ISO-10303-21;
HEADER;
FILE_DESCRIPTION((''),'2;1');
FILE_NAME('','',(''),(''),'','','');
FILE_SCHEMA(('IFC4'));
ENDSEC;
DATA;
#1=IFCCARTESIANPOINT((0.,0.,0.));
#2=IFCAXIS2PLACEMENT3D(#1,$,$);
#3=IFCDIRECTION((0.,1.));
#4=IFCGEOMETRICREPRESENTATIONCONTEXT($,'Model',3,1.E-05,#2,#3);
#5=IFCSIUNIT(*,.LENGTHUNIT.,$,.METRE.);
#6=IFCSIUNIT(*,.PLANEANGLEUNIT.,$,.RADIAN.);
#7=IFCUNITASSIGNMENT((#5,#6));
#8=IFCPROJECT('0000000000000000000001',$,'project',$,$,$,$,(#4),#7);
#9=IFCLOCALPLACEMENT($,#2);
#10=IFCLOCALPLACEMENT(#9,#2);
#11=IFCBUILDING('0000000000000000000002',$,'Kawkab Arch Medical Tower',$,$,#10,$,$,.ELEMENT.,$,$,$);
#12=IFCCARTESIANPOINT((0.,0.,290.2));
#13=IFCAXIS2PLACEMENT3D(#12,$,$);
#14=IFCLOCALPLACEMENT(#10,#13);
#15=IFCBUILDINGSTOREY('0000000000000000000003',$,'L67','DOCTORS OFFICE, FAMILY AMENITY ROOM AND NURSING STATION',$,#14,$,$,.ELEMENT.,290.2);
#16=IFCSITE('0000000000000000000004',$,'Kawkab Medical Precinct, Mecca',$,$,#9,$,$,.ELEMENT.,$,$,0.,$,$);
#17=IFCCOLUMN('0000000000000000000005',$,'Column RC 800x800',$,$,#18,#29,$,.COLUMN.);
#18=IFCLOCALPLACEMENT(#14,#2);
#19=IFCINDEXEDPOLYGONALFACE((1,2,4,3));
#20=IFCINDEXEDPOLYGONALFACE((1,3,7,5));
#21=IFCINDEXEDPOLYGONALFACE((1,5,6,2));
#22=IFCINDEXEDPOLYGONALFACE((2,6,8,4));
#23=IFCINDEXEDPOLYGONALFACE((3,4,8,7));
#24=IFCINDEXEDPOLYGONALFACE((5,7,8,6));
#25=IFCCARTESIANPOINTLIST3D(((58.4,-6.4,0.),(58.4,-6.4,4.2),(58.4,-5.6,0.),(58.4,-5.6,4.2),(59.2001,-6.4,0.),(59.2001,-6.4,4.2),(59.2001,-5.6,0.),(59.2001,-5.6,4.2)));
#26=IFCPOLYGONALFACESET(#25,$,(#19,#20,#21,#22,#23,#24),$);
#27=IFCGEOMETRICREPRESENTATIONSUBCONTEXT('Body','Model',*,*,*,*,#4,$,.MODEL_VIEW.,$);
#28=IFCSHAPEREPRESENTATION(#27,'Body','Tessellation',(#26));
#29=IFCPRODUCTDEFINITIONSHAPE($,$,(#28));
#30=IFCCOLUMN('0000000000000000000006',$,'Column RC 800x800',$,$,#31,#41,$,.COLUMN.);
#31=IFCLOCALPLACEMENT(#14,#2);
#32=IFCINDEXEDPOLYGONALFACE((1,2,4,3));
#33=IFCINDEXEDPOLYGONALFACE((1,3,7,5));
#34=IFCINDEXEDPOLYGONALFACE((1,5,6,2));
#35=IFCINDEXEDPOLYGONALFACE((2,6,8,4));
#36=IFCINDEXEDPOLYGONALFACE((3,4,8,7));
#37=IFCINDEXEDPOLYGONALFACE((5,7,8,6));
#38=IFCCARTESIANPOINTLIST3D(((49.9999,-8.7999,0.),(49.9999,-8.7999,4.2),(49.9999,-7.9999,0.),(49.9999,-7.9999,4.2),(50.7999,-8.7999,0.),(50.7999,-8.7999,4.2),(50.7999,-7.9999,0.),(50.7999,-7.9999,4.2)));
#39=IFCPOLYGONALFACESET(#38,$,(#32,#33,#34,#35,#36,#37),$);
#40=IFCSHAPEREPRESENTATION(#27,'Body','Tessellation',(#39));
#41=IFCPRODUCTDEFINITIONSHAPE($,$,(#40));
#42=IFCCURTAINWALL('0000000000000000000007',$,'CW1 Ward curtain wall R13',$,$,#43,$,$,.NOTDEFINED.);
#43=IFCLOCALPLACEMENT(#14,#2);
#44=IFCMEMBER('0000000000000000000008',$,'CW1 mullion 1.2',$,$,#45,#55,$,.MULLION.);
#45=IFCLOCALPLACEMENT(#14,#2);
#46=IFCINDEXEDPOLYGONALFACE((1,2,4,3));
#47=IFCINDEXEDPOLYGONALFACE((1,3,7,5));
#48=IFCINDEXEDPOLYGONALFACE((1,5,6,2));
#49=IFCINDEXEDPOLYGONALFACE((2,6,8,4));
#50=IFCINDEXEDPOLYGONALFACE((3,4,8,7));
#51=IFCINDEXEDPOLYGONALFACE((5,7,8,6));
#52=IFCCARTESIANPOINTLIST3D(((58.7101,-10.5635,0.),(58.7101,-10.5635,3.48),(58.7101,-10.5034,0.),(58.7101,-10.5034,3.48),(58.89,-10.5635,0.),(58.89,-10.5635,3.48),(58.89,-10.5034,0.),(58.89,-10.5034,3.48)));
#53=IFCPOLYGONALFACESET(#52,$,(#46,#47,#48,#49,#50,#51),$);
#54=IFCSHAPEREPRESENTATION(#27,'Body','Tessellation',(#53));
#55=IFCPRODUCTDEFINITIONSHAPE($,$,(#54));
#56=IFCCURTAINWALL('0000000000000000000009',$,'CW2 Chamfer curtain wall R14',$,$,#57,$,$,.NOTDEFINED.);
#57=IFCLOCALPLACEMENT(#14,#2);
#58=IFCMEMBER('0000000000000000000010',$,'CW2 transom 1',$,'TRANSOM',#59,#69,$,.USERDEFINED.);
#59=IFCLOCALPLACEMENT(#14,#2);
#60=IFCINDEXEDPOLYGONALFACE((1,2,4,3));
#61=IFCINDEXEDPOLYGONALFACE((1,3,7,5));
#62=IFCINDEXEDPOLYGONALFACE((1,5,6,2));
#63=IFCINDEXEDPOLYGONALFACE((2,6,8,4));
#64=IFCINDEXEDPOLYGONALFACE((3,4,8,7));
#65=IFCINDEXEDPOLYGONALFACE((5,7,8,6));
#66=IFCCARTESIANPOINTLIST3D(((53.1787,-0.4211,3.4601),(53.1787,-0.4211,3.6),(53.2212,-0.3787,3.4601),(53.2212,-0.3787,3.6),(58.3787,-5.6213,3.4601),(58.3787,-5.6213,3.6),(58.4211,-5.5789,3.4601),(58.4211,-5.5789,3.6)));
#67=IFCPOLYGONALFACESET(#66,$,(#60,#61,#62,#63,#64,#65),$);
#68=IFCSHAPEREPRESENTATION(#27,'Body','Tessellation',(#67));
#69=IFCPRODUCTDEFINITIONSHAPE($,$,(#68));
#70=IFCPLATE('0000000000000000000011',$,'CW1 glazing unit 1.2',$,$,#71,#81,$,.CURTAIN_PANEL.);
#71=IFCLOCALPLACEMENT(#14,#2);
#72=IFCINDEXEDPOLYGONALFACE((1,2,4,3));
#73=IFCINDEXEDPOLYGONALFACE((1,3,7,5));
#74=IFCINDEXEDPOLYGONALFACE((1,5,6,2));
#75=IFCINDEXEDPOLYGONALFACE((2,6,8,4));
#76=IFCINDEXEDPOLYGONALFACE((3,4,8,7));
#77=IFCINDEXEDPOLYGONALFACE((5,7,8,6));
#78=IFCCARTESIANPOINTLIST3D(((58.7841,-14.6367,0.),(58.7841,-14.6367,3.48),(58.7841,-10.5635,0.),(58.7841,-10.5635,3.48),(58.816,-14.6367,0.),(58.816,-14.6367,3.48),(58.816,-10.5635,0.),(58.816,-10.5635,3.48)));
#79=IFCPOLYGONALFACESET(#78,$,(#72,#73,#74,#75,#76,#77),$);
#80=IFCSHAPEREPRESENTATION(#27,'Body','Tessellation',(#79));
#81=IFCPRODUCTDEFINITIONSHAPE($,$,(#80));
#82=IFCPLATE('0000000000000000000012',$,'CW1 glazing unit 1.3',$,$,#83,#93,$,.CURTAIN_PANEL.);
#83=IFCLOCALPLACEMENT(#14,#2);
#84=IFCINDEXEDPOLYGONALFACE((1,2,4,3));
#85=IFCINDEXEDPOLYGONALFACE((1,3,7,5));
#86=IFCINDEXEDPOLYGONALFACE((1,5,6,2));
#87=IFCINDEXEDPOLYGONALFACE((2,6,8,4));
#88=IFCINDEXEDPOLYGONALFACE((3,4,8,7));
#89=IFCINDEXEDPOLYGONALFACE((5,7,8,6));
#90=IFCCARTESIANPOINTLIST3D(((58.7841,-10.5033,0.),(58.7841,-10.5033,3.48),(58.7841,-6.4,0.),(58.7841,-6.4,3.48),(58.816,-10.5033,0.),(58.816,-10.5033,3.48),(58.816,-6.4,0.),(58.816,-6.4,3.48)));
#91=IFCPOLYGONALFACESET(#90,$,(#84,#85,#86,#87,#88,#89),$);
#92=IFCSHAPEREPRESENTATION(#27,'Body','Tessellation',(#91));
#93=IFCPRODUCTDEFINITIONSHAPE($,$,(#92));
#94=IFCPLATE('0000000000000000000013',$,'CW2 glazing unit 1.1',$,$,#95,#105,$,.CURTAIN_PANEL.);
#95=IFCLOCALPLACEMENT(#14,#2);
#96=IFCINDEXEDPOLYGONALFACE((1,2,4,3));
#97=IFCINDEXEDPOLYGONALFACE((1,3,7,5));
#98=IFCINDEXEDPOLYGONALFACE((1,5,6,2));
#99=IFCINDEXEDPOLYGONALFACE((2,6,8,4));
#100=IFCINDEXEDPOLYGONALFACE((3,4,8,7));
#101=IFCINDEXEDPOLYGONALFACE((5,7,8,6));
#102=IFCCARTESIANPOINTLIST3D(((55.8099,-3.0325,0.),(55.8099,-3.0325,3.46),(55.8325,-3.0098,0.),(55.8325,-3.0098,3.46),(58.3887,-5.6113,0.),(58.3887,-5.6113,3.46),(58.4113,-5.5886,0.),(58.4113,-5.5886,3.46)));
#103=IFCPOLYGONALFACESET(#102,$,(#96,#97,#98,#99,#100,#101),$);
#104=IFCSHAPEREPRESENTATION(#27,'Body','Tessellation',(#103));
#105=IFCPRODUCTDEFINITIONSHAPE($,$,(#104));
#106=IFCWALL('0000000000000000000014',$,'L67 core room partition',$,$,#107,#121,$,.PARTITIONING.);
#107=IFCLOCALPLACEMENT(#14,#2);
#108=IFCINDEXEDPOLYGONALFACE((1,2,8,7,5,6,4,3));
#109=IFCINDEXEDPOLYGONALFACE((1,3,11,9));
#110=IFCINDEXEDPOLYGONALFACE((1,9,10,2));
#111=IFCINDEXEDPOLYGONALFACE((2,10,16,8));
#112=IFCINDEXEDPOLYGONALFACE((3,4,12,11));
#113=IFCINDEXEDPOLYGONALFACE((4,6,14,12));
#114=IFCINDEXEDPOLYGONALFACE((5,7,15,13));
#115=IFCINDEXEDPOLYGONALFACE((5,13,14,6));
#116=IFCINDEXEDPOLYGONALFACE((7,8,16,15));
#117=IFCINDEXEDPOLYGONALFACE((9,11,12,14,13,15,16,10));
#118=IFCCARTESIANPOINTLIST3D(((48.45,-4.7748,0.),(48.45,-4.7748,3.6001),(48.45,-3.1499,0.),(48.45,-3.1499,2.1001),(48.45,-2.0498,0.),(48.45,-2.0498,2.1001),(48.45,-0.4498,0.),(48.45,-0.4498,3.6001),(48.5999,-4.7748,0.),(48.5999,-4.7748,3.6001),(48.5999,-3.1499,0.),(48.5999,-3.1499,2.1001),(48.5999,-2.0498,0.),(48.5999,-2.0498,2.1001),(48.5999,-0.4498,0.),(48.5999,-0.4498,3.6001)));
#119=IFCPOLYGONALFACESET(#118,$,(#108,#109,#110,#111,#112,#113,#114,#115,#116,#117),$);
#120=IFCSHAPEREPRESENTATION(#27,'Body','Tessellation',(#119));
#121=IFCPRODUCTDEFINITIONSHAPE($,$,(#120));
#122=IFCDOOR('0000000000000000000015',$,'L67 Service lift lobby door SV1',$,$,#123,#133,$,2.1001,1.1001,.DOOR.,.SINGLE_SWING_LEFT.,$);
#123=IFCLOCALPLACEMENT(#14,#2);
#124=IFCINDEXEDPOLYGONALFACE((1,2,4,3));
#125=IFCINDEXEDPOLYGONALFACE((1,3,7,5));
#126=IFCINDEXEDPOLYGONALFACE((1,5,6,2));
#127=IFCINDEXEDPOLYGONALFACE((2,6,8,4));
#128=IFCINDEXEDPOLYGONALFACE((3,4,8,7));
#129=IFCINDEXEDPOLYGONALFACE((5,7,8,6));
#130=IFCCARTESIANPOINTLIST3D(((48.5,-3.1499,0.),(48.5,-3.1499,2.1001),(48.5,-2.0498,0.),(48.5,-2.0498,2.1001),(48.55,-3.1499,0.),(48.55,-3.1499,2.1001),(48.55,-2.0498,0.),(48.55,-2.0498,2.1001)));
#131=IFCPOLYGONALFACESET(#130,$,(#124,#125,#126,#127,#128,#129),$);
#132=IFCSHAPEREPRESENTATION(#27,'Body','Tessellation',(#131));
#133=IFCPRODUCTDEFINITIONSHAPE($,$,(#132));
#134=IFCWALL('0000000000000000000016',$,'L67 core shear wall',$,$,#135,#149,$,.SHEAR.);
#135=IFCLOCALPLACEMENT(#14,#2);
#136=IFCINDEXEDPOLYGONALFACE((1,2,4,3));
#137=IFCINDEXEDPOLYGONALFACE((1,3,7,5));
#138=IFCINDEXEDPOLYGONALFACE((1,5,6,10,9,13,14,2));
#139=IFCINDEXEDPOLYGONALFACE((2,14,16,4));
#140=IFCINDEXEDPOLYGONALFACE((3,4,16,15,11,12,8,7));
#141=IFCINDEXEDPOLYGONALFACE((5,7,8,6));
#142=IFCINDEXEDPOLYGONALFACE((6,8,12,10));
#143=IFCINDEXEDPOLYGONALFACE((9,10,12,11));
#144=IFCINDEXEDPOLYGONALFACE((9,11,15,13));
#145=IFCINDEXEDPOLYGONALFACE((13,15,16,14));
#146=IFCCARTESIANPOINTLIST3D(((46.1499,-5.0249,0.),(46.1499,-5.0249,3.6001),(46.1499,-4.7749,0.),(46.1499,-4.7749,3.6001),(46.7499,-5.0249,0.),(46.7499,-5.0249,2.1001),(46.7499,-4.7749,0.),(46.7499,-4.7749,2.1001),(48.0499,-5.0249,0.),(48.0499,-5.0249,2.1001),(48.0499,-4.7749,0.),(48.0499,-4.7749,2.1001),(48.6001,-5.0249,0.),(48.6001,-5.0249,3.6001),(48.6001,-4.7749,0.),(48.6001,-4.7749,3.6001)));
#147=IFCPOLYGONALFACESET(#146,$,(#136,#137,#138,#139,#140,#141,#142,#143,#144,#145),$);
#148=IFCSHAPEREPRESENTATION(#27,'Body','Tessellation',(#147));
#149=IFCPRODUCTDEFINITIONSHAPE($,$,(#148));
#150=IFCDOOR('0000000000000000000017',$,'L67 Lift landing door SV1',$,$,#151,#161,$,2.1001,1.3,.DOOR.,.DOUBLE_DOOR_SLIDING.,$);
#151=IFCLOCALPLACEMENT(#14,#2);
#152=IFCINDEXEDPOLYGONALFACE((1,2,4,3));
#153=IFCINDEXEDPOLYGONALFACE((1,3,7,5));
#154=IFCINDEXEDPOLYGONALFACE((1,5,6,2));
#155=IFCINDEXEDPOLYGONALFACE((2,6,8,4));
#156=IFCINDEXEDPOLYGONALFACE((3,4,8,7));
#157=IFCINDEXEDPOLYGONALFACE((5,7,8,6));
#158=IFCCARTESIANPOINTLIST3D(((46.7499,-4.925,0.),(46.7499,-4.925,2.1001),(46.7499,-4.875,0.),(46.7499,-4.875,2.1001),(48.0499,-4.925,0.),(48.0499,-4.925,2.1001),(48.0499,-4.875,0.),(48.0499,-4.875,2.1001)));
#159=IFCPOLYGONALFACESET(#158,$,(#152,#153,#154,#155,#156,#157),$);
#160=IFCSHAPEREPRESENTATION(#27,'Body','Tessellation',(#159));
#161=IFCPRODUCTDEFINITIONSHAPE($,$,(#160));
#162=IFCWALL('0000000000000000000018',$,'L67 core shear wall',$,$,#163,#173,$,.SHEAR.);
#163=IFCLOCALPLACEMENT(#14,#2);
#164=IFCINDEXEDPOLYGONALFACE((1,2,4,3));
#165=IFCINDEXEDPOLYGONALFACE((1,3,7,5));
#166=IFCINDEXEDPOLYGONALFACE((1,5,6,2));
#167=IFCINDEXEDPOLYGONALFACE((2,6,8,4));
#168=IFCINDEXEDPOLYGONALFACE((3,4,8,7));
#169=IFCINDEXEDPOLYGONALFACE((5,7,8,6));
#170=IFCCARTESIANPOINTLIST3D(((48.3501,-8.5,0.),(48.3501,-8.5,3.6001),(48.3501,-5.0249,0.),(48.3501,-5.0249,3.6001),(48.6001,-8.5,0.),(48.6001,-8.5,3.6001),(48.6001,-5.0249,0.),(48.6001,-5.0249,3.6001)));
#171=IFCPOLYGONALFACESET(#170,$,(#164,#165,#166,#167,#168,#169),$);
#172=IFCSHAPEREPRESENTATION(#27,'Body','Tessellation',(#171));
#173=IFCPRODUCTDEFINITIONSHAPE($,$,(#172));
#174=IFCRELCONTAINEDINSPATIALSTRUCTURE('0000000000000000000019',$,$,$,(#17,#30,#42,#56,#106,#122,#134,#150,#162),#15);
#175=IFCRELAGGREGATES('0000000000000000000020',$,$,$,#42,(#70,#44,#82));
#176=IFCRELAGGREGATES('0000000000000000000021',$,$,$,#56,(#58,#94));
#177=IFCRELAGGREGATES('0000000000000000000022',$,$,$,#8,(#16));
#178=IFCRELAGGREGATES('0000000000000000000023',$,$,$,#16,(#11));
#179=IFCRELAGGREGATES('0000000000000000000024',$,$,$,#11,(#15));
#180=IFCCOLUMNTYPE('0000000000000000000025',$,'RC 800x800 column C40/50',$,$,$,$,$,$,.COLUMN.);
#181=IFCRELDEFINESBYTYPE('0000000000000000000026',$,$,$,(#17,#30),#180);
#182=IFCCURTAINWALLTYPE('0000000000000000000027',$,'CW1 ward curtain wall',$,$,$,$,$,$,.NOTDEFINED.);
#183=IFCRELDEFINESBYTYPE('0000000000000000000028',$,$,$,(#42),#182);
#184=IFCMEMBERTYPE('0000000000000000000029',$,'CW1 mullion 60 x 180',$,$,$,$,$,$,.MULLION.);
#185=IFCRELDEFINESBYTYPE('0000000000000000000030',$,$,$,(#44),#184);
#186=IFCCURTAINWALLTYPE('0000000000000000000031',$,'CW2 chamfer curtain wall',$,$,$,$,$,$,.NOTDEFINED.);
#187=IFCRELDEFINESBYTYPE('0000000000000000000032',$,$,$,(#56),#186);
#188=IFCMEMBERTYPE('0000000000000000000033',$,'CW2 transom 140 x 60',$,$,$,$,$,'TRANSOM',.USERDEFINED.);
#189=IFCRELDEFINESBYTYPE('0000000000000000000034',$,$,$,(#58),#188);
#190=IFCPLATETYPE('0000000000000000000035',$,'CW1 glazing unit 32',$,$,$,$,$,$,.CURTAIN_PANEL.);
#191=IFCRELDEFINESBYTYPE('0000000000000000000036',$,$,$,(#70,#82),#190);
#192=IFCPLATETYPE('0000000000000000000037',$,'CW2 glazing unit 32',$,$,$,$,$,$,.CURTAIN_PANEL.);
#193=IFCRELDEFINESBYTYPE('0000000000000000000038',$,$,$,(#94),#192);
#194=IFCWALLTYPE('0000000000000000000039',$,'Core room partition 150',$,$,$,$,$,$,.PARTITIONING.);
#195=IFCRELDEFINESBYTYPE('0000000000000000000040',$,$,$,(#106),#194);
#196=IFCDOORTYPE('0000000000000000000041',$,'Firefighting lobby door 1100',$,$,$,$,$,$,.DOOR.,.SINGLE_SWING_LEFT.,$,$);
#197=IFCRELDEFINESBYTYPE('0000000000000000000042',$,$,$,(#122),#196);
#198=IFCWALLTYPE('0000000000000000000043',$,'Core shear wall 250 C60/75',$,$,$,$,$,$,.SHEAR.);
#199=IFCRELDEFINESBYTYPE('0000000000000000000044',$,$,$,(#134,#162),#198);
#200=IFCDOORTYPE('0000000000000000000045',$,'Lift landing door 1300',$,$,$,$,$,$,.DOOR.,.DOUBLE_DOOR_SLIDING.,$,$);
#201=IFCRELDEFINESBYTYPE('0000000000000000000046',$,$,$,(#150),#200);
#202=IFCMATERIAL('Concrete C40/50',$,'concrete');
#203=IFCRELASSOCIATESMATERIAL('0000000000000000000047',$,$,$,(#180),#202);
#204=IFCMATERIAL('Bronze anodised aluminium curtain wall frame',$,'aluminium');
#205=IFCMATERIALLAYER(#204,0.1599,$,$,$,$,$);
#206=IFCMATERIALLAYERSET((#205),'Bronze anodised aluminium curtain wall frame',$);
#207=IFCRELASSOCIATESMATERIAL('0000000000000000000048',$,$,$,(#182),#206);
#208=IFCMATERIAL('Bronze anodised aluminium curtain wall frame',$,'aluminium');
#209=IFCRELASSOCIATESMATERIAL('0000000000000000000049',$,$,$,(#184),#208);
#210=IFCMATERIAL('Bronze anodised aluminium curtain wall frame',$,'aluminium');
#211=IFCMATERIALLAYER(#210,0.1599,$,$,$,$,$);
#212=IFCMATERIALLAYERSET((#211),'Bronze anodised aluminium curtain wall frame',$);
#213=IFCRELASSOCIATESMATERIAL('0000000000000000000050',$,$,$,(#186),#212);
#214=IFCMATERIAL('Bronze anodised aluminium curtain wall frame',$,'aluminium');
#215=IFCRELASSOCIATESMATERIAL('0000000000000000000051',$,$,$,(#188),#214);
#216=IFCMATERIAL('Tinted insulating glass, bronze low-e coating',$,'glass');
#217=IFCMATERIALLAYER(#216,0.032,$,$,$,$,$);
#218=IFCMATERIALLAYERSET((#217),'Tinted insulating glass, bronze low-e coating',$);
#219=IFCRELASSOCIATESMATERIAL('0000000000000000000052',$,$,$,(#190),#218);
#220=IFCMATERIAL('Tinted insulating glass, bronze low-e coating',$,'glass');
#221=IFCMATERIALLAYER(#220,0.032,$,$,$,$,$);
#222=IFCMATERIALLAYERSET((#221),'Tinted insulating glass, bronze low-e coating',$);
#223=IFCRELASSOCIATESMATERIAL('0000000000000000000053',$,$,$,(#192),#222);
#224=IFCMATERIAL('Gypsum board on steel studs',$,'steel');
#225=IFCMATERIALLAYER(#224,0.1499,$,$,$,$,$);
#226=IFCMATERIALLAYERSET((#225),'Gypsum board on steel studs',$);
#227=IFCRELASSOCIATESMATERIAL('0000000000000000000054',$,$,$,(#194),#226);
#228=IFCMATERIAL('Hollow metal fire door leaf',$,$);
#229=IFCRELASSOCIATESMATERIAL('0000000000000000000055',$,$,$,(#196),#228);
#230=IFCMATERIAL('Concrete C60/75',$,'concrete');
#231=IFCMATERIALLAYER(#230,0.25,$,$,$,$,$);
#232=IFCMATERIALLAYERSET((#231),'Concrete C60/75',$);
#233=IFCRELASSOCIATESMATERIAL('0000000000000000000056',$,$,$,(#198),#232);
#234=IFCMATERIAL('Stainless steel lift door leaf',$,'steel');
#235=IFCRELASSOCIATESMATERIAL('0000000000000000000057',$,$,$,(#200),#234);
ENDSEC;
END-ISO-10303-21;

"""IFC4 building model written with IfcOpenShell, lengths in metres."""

from ifc_helpers import new_model, si_unit, direction, frame, frame_2d, origin, origin_2d, place, context, subcontext, project, spatial, rectangle, extrude, material, layer, layer_set, material_profile, profile_set, type_object, element, fill, aggregate, save


model = new_model("IFC4")

# Units and contexts
model_context = context("Model", 3, precision=1e-05, world=origin(), true_north=direction((0.0, 1.0)))
body_context = subcontext(model_context, "Body", "Model", "MODEL_VIEW")
ifc_project = project(units=[si_unit("LENGTHUNIT", "METRE"), si_unit("PLANEANGLEUNIT", "RADIAN")], contexts=[model_context])

# Site, building, storey
site_placement = place(None, origin())
site = spatial("IfcSite", under=ifc_project, at=site_placement, Name="Kawkab Medical Precinct, Mecca", CompositionType="ELEMENT", RefElevation=0.0)
building_placement = place(site_placement, origin())
building = spatial("IfcBuilding", under=site, at=building_placement, Name="Kawkab Arch Medical Tower", CompositionType="ELEMENT")
storey_placement = place(building_placement, frame((0.0, 0.0, 290.2)))
storey = spatial("IfcBuildingStorey", under=building, at=storey_placement, Name="L67", Description="DOCTORS OFFICE, FAMILY AMENITY ROOM AND NURSING STATION", CompositionType="ELEMENT", Elevation=290.2)

# Columns
ifc_material_1 = material(Name="Concrete C40/50", Category="concrete")
ifc_material_profile_1 = material_profile(ifc_material_1, rectangle(XDim=0.8, YDim=0.8, at=origin_2d()), Name="RC 800x800")
ifc_profile_set_1 = profile_set([ifc_material_profile_1], Name="Concrete C40/50")
column_type = type_object("IfcColumnType", Name="RC 800x800 column C40/50", PredefinedType="COLUMN", material=ifc_profile_set_1)
for number, where, z_axis, x_axis, name in (
    (1, (58.8, -6.0, 0.0), (0.0, 0.0, 1.0), (1.0, 0.0, 0.0), "Column RC 800x800"),
    (2, (50.3999, -8.3999, 0.0), (0.0, 0.0, 1.0), (1.0, 0.0, 0.0), "Column RC 800x800"),
):
    element("IfcColumn", number, at=place(storey_placement, frame(where, z_axis=z_axis, x_axis=x_axis)), inside=storey, type_object=column_type, Name=name, PredefinedType="COLUMN", context=body_context, shape_type="SweptSolid", body=[
        extrude(rectangle(XDim=0.8, YDim=0.8, at=origin_2d()), origin(), (0.0, 0.0, 1.0), 4.2),
    ])

# Curtain walls, members
ifc_material_2 = material(Name="Bronze anodised aluminium curtain wall frame", Category="aluminium")
ifc_layer_1 = layer(ifc_material_2, 0.1599)
ifc_layer_set_1 = layer_set([ifc_layer_1], Name="Bronze anodised aluminium curtain wall frame")
curtain_wall_type_1 = type_object("IfcCurtainWallType", Name="CW1 ward curtain wall", PredefinedType="NOTDEFINED", material=ifc_layer_set_1)
placement = place(storey_placement, origin())
curtain_wall_1 = element("IfcCurtainWall", 3, at=placement, inside=storey, type_object=curtain_wall_type_1, Name="CW1 Ward curtain wall R13", PredefinedType="NOTDEFINED")
ifc_material_3 = material(Name="Bronze anodised aluminium curtain wall frame", Category="aluminium")
ifc_material_profile_2 = material_profile(ifc_material_3, rectangle(XDim=0.1799, YDim=0.0601, at=origin_2d()), Name="AL 60x180")
ifc_profile_set_2 = profile_set([ifc_material_profile_2], Name="Bronze anodised aluminium curtain wall frame")
member_type_1 = type_object("IfcMemberType", Name="CW1 mullion 60 x 180", PredefinedType="MULLION", material=ifc_profile_set_2)
member_1_placement = place(storey_placement, frame((58.8, -10.5334, 0.0), z_axis=(0.0, 0.0, 1.0), x_axis=(-1.0, 0.0, 0.0)))
member_1 = element("IfcMember", 4, at=member_1_placement, type_object=member_type_1, Name="CW1 mullion 1.2", PredefinedType="MULLION", context=body_context, shape_type="SweptSolid", body=[
    extrude(rectangle(XDim=0.1799, YDim=0.0601, at=origin_2d()), origin(), (0.0, 0.0, 1.0), 3.48),
])
ifc_material_4 = material(Name="Bronze anodised aluminium curtain wall frame", Category="aluminium")
ifc_layer_2 = layer(ifc_material_4, 0.1599)
ifc_layer_set_2 = layer_set([ifc_layer_2], Name="Bronze anodised aluminium curtain wall frame")
curtain_wall_type_2 = type_object("IfcCurtainWallType", Name="CW2 chamfer curtain wall", PredefinedType="NOTDEFINED", material=ifc_layer_set_2)
curtain_wall_2 = element("IfcCurtainWall", 5, at=placement, inside=storey, type_object=curtain_wall_type_2, Name="CW2 Chamfer curtain wall R14", PredefinedType="NOTDEFINED")
ifc_material_5 = material(Name="Bronze anodised aluminium curtain wall frame", Category="aluminium")
ifc_material_profile_3 = material_profile(ifc_material_5, rectangle(XDim=0.0601, YDim=0.1399, at=origin_2d()), Name="AL 60x140")
ifc_profile_set_3 = profile_set([ifc_material_profile_3], Name="Bronze anodised aluminium curtain wall frame")
member_type_2 = type_object("IfcMemberType", Name="CW2 transom 140 x 60", ElementType="TRANSOM", PredefinedType="USERDEFINED", material=ifc_profile_set_3)
member_2_placement = place(storey_placement, frame((58.3999, -5.6001, 3.53), z_axis=(-0.70709, 0.707123, 0.0), x_axis=(-0.707123, -0.70709, 0.0)))
member_2 = element("IfcMember", 6, at=member_2_placement, type_object=member_type_2, Name="CW2 transom 1", ObjectType="TRANSOM", PredefinedType="USERDEFINED", context=body_context, shape_type="SweptSolid", body=[
    extrude(rectangle(XDim=0.0601, YDim=0.1399, at=origin_2d()), origin(), (0.0, 0.0, 1.0), 7.354),
])

# Plates
ifc_material_6 = material(Name="Tinted insulating glass, bronze low-e coating", Category="glass")
ifc_layer_3 = layer(ifc_material_6, 0.032)
ifc_layer_set_3 = layer_set([ifc_layer_3], Name="Tinted insulating glass, bronze low-e coating")
plate_type_1 = type_object("IfcPlateType", Name="CW1 glazing unit 32", PredefinedType="CURTAIN_PANEL", material=ifc_layer_set_3)
plate_1_placement = place(storey_placement, frame((58.8, -12.6001, 0.0), z_axis=(0.0, 0.0, 1.0), x_axis=(0.0, 1.0, 0.0)))
plate_1 = element("IfcPlate", 7, at=plate_1_placement, type_object=plate_type_1, Name="CW1 glazing unit 1.2", PredefinedType="CURTAIN_PANEL", context=body_context, shape_type="SweptSolid", body=[
    extrude(rectangle(XDim=4.0732, YDim=0.032, at=origin_2d()), origin(), (0.0, 0.0, 1.0), 3.48),
])
plate_2_placement = place(storey_placement, frame((58.8, -8.4517, 0.0), z_axis=(0.0, 0.0, 1.0), x_axis=(0.0, 1.0, 0.0)))
plate_2 = element("IfcPlate", 8, at=plate_2_placement, type_object=plate_type_1, Name="CW1 glazing unit 1.3", PredefinedType="CURTAIN_PANEL", context=body_context, shape_type="SweptSolid", body=[
    extrude(rectangle(XDim=4.1033, YDim=0.032, at=origin_2d()), origin(), (0.0, 0.0, 1.0), 3.48),
])
aggregate(curtain_wall_1, [plate_1, member_1, plate_2])
ifc_material_7 = material(Name="Tinted insulating glass, bronze low-e coating", Category="glass")
ifc_layer_4 = layer(ifc_material_7, 0.032)
ifc_layer_set_4 = layer_set([ifc_layer_4], Name="Tinted insulating glass, bronze low-e coating")
plate_type_2 = type_object("IfcPlateType", Name="CW2 glazing unit 32", PredefinedType="CURTAIN_PANEL", material=ifc_layer_set_4)
plate_3_placement = place(storey_placement, frame((57.1106, -4.3105, 0.0), z_axis=(0.0, 0.0, 1.0), x_axis=(-0.707107, 0.707107, 0.0)))
plate_3 = element("IfcPlate", 9, at=plate_3_placement, type_object=plate_type_2, Name="CW2 glazing unit 1.1", PredefinedType="CURTAIN_PANEL", context=body_context, shape_type="SweptSolid", body=[
    extrude(rectangle(XDim=3.647, YDim=0.032, at=origin_2d()), origin(), (0.0, 0.0, 1.0), 3.46),
])
aggregate(curtain_wall_2, [member_2, plate_3])

# Walls, openings, doors
ifc_material_8 = material(Name="Gypsum board on steel studs", Category="steel")
ifc_layer_5 = layer(ifc_material_8, 0.1499)
ifc_layer_set_5 = layer_set([ifc_layer_5], Name="Gypsum board on steel studs")
wall_type_1 = type_object("IfcWallType", Name="Core room partition 150", PredefinedType="PARTITIONING", material=ifc_layer_set_5)
wall_1_placement = place(storey_placement, frame((48.5249, -4.7749, 0.0), z_axis=(0.0, 0.0, 1.0), x_axis=(0.0, 1.0, 0.0)))
wall_1 = element("IfcWall", 10, at=wall_1_placement, inside=storey, type_object=wall_type_1, Name="L67 core room partition", PredefinedType="PARTITIONING", context=body_context, shape_type="SweptSolid", body=[
    extrude(rectangle(XDim=4.325, YDim=0.1499, at=frame_2d((2.1626, 0.0))), origin(), (0.0, 0.0, 1.0), 3.6001),
])
opening_1_placement = place(wall_1_placement, frame((1.625, 0.0, 0.0)))
opening_1 = element("IfcOpeningElement", 11, at=opening_1_placement, cuts=wall_1, PredefinedType="OPENING", context=body_context, shape_type="SweptSolid", body=[
    extrude(rectangle(XDim=1.1001, YDim=2.1001, at=frame_2d((0.55, 1.05))), frame((0.0, 0.085, 0.0), z_axis=(0.0, -1.0, 0.0), x_axis=(1.0, 0.0, 0.0)), (0.0, 0.0, 1.0), 0.1699),
])
ifc_material_9 = material(Name="Hollow metal fire door leaf")
door_type_1 = type_object("IfcDoorType", Name="Firefighting lobby door 1100", OperationType="SINGLE_SWING_LEFT", PredefinedType="DOOR", material=ifc_material_9)
door_1_placement = place(opening_1_placement, origin())
door_1 = element("IfcDoor", 12, at=door_1_placement, inside=storey, type_object=door_type_1, Name="L67 Service lift lobby door SV1", OperationType="SINGLE_SWING_LEFT", OverallHeight=2.1001, OverallWidth=1.1001, PredefinedType="DOOR", context=body_context, shape_type="SweptSolid", body=[
    extrude(rectangle(XDim=1.1001, YDim=2.1001, at=frame_2d((0.55, 1.05))), frame((0.0, 0.0249, 0.0), z_axis=(0.0, -1.0, 0.0), x_axis=(1.0, 0.0, 0.0)), (0.0, 0.0, 1.0), 0.05),
])
fill(opening_1, door_1)
ifc_material_10 = material(Name="Concrete C60/75", Category="concrete")
ifc_layer_6 = layer(ifc_material_10, 0.25)
ifc_layer_set_6 = layer_set([ifc_layer_6], Name="Concrete C60/75")
wall_type_2 = type_object("IfcWallType", Name="Core shear wall 250 C60/75", PredefinedType="SHEAR", material=ifc_layer_set_6)
wall_2_placement = place(storey_placement, frame((46.1499, -4.8999, 0.0), z_axis=(0.0, 0.0, 1.0), x_axis=(1.0, 0.0, 0.0)))
wall_2 = element("IfcWall", 13, at=wall_2_placement, inside=storey, type_object=wall_type_2, Name="L67 core shear wall", PredefinedType="SHEAR", context=body_context, shape_type="SweptSolid", body=[
    extrude(rectangle(XDim=2.4502, YDim=0.25, at=frame_2d((1.2251, 0.0))), origin(), (0.0, 0.0, 1.0), 3.6001),
])
opening_2_placement = place(wall_2_placement, frame((0.6001, 0.0, 0.0)))
opening_2 = element("IfcOpeningElement", 14, at=opening_2_placement, cuts=wall_2, PredefinedType="OPENING", context=body_context, shape_type="SweptSolid", body=[
    extrude(rectangle(XDim=1.3, YDim=2.1001, at=frame_2d((0.6499, 1.05))), frame((0.0, 0.135, 0.0), z_axis=(0.0, -1.0, 0.0), x_axis=(1.0, 0.0, 0.0)), (0.0, 0.0, 1.0), 0.27),
])
ifc_material_11 = material(Name="Stainless steel lift door leaf", Category="steel")
door_type_2 = type_object("IfcDoorType", Name="Lift landing door 1300", OperationType="DOUBLE_DOOR_SLIDING", PredefinedType="DOOR", material=ifc_material_11)
door_2_placement = place(opening_2_placement, origin())
door_2 = element("IfcDoor", 15, at=door_2_placement, inside=storey, type_object=door_type_2, Name="L67 Lift landing door SV1", OperationType="DOUBLE_DOOR_SLIDING", OverallHeight=2.1001, OverallWidth=1.3, PredefinedType="DOOR", context=body_context, shape_type="SweptSolid", body=[
    extrude(rectangle(XDim=1.3, YDim=2.1001, at=frame_2d((0.6499, 1.05))), frame((0.0, 0.0249, 0.0), z_axis=(0.0, -1.0, 0.0), x_axis=(1.0, 0.0, 0.0)), (0.0, 0.0, 1.0), 0.05),
])
fill(opening_2, door_2)

# Wall
wall_3_placement = place(storey_placement, frame((48.4751, -8.5, 0.0), z_axis=(0.0, 0.0, 1.0), x_axis=(0.0, 1.0, 0.0)))
element("IfcWall", 16, at=wall_3_placement, inside=storey, type_object=wall_type_2, Name="L67 core shear wall", PredefinedType="SHEAR", context=body_context, shape_type="SweptSolid", body=[
    extrude(rectangle(XDim=3.4751, YDim=0.25, at=frame_2d((1.7375, 0.0))), origin(), (0.0, 0.0, 1.0), 3.6001),
])

save(model, "model.ifc")
